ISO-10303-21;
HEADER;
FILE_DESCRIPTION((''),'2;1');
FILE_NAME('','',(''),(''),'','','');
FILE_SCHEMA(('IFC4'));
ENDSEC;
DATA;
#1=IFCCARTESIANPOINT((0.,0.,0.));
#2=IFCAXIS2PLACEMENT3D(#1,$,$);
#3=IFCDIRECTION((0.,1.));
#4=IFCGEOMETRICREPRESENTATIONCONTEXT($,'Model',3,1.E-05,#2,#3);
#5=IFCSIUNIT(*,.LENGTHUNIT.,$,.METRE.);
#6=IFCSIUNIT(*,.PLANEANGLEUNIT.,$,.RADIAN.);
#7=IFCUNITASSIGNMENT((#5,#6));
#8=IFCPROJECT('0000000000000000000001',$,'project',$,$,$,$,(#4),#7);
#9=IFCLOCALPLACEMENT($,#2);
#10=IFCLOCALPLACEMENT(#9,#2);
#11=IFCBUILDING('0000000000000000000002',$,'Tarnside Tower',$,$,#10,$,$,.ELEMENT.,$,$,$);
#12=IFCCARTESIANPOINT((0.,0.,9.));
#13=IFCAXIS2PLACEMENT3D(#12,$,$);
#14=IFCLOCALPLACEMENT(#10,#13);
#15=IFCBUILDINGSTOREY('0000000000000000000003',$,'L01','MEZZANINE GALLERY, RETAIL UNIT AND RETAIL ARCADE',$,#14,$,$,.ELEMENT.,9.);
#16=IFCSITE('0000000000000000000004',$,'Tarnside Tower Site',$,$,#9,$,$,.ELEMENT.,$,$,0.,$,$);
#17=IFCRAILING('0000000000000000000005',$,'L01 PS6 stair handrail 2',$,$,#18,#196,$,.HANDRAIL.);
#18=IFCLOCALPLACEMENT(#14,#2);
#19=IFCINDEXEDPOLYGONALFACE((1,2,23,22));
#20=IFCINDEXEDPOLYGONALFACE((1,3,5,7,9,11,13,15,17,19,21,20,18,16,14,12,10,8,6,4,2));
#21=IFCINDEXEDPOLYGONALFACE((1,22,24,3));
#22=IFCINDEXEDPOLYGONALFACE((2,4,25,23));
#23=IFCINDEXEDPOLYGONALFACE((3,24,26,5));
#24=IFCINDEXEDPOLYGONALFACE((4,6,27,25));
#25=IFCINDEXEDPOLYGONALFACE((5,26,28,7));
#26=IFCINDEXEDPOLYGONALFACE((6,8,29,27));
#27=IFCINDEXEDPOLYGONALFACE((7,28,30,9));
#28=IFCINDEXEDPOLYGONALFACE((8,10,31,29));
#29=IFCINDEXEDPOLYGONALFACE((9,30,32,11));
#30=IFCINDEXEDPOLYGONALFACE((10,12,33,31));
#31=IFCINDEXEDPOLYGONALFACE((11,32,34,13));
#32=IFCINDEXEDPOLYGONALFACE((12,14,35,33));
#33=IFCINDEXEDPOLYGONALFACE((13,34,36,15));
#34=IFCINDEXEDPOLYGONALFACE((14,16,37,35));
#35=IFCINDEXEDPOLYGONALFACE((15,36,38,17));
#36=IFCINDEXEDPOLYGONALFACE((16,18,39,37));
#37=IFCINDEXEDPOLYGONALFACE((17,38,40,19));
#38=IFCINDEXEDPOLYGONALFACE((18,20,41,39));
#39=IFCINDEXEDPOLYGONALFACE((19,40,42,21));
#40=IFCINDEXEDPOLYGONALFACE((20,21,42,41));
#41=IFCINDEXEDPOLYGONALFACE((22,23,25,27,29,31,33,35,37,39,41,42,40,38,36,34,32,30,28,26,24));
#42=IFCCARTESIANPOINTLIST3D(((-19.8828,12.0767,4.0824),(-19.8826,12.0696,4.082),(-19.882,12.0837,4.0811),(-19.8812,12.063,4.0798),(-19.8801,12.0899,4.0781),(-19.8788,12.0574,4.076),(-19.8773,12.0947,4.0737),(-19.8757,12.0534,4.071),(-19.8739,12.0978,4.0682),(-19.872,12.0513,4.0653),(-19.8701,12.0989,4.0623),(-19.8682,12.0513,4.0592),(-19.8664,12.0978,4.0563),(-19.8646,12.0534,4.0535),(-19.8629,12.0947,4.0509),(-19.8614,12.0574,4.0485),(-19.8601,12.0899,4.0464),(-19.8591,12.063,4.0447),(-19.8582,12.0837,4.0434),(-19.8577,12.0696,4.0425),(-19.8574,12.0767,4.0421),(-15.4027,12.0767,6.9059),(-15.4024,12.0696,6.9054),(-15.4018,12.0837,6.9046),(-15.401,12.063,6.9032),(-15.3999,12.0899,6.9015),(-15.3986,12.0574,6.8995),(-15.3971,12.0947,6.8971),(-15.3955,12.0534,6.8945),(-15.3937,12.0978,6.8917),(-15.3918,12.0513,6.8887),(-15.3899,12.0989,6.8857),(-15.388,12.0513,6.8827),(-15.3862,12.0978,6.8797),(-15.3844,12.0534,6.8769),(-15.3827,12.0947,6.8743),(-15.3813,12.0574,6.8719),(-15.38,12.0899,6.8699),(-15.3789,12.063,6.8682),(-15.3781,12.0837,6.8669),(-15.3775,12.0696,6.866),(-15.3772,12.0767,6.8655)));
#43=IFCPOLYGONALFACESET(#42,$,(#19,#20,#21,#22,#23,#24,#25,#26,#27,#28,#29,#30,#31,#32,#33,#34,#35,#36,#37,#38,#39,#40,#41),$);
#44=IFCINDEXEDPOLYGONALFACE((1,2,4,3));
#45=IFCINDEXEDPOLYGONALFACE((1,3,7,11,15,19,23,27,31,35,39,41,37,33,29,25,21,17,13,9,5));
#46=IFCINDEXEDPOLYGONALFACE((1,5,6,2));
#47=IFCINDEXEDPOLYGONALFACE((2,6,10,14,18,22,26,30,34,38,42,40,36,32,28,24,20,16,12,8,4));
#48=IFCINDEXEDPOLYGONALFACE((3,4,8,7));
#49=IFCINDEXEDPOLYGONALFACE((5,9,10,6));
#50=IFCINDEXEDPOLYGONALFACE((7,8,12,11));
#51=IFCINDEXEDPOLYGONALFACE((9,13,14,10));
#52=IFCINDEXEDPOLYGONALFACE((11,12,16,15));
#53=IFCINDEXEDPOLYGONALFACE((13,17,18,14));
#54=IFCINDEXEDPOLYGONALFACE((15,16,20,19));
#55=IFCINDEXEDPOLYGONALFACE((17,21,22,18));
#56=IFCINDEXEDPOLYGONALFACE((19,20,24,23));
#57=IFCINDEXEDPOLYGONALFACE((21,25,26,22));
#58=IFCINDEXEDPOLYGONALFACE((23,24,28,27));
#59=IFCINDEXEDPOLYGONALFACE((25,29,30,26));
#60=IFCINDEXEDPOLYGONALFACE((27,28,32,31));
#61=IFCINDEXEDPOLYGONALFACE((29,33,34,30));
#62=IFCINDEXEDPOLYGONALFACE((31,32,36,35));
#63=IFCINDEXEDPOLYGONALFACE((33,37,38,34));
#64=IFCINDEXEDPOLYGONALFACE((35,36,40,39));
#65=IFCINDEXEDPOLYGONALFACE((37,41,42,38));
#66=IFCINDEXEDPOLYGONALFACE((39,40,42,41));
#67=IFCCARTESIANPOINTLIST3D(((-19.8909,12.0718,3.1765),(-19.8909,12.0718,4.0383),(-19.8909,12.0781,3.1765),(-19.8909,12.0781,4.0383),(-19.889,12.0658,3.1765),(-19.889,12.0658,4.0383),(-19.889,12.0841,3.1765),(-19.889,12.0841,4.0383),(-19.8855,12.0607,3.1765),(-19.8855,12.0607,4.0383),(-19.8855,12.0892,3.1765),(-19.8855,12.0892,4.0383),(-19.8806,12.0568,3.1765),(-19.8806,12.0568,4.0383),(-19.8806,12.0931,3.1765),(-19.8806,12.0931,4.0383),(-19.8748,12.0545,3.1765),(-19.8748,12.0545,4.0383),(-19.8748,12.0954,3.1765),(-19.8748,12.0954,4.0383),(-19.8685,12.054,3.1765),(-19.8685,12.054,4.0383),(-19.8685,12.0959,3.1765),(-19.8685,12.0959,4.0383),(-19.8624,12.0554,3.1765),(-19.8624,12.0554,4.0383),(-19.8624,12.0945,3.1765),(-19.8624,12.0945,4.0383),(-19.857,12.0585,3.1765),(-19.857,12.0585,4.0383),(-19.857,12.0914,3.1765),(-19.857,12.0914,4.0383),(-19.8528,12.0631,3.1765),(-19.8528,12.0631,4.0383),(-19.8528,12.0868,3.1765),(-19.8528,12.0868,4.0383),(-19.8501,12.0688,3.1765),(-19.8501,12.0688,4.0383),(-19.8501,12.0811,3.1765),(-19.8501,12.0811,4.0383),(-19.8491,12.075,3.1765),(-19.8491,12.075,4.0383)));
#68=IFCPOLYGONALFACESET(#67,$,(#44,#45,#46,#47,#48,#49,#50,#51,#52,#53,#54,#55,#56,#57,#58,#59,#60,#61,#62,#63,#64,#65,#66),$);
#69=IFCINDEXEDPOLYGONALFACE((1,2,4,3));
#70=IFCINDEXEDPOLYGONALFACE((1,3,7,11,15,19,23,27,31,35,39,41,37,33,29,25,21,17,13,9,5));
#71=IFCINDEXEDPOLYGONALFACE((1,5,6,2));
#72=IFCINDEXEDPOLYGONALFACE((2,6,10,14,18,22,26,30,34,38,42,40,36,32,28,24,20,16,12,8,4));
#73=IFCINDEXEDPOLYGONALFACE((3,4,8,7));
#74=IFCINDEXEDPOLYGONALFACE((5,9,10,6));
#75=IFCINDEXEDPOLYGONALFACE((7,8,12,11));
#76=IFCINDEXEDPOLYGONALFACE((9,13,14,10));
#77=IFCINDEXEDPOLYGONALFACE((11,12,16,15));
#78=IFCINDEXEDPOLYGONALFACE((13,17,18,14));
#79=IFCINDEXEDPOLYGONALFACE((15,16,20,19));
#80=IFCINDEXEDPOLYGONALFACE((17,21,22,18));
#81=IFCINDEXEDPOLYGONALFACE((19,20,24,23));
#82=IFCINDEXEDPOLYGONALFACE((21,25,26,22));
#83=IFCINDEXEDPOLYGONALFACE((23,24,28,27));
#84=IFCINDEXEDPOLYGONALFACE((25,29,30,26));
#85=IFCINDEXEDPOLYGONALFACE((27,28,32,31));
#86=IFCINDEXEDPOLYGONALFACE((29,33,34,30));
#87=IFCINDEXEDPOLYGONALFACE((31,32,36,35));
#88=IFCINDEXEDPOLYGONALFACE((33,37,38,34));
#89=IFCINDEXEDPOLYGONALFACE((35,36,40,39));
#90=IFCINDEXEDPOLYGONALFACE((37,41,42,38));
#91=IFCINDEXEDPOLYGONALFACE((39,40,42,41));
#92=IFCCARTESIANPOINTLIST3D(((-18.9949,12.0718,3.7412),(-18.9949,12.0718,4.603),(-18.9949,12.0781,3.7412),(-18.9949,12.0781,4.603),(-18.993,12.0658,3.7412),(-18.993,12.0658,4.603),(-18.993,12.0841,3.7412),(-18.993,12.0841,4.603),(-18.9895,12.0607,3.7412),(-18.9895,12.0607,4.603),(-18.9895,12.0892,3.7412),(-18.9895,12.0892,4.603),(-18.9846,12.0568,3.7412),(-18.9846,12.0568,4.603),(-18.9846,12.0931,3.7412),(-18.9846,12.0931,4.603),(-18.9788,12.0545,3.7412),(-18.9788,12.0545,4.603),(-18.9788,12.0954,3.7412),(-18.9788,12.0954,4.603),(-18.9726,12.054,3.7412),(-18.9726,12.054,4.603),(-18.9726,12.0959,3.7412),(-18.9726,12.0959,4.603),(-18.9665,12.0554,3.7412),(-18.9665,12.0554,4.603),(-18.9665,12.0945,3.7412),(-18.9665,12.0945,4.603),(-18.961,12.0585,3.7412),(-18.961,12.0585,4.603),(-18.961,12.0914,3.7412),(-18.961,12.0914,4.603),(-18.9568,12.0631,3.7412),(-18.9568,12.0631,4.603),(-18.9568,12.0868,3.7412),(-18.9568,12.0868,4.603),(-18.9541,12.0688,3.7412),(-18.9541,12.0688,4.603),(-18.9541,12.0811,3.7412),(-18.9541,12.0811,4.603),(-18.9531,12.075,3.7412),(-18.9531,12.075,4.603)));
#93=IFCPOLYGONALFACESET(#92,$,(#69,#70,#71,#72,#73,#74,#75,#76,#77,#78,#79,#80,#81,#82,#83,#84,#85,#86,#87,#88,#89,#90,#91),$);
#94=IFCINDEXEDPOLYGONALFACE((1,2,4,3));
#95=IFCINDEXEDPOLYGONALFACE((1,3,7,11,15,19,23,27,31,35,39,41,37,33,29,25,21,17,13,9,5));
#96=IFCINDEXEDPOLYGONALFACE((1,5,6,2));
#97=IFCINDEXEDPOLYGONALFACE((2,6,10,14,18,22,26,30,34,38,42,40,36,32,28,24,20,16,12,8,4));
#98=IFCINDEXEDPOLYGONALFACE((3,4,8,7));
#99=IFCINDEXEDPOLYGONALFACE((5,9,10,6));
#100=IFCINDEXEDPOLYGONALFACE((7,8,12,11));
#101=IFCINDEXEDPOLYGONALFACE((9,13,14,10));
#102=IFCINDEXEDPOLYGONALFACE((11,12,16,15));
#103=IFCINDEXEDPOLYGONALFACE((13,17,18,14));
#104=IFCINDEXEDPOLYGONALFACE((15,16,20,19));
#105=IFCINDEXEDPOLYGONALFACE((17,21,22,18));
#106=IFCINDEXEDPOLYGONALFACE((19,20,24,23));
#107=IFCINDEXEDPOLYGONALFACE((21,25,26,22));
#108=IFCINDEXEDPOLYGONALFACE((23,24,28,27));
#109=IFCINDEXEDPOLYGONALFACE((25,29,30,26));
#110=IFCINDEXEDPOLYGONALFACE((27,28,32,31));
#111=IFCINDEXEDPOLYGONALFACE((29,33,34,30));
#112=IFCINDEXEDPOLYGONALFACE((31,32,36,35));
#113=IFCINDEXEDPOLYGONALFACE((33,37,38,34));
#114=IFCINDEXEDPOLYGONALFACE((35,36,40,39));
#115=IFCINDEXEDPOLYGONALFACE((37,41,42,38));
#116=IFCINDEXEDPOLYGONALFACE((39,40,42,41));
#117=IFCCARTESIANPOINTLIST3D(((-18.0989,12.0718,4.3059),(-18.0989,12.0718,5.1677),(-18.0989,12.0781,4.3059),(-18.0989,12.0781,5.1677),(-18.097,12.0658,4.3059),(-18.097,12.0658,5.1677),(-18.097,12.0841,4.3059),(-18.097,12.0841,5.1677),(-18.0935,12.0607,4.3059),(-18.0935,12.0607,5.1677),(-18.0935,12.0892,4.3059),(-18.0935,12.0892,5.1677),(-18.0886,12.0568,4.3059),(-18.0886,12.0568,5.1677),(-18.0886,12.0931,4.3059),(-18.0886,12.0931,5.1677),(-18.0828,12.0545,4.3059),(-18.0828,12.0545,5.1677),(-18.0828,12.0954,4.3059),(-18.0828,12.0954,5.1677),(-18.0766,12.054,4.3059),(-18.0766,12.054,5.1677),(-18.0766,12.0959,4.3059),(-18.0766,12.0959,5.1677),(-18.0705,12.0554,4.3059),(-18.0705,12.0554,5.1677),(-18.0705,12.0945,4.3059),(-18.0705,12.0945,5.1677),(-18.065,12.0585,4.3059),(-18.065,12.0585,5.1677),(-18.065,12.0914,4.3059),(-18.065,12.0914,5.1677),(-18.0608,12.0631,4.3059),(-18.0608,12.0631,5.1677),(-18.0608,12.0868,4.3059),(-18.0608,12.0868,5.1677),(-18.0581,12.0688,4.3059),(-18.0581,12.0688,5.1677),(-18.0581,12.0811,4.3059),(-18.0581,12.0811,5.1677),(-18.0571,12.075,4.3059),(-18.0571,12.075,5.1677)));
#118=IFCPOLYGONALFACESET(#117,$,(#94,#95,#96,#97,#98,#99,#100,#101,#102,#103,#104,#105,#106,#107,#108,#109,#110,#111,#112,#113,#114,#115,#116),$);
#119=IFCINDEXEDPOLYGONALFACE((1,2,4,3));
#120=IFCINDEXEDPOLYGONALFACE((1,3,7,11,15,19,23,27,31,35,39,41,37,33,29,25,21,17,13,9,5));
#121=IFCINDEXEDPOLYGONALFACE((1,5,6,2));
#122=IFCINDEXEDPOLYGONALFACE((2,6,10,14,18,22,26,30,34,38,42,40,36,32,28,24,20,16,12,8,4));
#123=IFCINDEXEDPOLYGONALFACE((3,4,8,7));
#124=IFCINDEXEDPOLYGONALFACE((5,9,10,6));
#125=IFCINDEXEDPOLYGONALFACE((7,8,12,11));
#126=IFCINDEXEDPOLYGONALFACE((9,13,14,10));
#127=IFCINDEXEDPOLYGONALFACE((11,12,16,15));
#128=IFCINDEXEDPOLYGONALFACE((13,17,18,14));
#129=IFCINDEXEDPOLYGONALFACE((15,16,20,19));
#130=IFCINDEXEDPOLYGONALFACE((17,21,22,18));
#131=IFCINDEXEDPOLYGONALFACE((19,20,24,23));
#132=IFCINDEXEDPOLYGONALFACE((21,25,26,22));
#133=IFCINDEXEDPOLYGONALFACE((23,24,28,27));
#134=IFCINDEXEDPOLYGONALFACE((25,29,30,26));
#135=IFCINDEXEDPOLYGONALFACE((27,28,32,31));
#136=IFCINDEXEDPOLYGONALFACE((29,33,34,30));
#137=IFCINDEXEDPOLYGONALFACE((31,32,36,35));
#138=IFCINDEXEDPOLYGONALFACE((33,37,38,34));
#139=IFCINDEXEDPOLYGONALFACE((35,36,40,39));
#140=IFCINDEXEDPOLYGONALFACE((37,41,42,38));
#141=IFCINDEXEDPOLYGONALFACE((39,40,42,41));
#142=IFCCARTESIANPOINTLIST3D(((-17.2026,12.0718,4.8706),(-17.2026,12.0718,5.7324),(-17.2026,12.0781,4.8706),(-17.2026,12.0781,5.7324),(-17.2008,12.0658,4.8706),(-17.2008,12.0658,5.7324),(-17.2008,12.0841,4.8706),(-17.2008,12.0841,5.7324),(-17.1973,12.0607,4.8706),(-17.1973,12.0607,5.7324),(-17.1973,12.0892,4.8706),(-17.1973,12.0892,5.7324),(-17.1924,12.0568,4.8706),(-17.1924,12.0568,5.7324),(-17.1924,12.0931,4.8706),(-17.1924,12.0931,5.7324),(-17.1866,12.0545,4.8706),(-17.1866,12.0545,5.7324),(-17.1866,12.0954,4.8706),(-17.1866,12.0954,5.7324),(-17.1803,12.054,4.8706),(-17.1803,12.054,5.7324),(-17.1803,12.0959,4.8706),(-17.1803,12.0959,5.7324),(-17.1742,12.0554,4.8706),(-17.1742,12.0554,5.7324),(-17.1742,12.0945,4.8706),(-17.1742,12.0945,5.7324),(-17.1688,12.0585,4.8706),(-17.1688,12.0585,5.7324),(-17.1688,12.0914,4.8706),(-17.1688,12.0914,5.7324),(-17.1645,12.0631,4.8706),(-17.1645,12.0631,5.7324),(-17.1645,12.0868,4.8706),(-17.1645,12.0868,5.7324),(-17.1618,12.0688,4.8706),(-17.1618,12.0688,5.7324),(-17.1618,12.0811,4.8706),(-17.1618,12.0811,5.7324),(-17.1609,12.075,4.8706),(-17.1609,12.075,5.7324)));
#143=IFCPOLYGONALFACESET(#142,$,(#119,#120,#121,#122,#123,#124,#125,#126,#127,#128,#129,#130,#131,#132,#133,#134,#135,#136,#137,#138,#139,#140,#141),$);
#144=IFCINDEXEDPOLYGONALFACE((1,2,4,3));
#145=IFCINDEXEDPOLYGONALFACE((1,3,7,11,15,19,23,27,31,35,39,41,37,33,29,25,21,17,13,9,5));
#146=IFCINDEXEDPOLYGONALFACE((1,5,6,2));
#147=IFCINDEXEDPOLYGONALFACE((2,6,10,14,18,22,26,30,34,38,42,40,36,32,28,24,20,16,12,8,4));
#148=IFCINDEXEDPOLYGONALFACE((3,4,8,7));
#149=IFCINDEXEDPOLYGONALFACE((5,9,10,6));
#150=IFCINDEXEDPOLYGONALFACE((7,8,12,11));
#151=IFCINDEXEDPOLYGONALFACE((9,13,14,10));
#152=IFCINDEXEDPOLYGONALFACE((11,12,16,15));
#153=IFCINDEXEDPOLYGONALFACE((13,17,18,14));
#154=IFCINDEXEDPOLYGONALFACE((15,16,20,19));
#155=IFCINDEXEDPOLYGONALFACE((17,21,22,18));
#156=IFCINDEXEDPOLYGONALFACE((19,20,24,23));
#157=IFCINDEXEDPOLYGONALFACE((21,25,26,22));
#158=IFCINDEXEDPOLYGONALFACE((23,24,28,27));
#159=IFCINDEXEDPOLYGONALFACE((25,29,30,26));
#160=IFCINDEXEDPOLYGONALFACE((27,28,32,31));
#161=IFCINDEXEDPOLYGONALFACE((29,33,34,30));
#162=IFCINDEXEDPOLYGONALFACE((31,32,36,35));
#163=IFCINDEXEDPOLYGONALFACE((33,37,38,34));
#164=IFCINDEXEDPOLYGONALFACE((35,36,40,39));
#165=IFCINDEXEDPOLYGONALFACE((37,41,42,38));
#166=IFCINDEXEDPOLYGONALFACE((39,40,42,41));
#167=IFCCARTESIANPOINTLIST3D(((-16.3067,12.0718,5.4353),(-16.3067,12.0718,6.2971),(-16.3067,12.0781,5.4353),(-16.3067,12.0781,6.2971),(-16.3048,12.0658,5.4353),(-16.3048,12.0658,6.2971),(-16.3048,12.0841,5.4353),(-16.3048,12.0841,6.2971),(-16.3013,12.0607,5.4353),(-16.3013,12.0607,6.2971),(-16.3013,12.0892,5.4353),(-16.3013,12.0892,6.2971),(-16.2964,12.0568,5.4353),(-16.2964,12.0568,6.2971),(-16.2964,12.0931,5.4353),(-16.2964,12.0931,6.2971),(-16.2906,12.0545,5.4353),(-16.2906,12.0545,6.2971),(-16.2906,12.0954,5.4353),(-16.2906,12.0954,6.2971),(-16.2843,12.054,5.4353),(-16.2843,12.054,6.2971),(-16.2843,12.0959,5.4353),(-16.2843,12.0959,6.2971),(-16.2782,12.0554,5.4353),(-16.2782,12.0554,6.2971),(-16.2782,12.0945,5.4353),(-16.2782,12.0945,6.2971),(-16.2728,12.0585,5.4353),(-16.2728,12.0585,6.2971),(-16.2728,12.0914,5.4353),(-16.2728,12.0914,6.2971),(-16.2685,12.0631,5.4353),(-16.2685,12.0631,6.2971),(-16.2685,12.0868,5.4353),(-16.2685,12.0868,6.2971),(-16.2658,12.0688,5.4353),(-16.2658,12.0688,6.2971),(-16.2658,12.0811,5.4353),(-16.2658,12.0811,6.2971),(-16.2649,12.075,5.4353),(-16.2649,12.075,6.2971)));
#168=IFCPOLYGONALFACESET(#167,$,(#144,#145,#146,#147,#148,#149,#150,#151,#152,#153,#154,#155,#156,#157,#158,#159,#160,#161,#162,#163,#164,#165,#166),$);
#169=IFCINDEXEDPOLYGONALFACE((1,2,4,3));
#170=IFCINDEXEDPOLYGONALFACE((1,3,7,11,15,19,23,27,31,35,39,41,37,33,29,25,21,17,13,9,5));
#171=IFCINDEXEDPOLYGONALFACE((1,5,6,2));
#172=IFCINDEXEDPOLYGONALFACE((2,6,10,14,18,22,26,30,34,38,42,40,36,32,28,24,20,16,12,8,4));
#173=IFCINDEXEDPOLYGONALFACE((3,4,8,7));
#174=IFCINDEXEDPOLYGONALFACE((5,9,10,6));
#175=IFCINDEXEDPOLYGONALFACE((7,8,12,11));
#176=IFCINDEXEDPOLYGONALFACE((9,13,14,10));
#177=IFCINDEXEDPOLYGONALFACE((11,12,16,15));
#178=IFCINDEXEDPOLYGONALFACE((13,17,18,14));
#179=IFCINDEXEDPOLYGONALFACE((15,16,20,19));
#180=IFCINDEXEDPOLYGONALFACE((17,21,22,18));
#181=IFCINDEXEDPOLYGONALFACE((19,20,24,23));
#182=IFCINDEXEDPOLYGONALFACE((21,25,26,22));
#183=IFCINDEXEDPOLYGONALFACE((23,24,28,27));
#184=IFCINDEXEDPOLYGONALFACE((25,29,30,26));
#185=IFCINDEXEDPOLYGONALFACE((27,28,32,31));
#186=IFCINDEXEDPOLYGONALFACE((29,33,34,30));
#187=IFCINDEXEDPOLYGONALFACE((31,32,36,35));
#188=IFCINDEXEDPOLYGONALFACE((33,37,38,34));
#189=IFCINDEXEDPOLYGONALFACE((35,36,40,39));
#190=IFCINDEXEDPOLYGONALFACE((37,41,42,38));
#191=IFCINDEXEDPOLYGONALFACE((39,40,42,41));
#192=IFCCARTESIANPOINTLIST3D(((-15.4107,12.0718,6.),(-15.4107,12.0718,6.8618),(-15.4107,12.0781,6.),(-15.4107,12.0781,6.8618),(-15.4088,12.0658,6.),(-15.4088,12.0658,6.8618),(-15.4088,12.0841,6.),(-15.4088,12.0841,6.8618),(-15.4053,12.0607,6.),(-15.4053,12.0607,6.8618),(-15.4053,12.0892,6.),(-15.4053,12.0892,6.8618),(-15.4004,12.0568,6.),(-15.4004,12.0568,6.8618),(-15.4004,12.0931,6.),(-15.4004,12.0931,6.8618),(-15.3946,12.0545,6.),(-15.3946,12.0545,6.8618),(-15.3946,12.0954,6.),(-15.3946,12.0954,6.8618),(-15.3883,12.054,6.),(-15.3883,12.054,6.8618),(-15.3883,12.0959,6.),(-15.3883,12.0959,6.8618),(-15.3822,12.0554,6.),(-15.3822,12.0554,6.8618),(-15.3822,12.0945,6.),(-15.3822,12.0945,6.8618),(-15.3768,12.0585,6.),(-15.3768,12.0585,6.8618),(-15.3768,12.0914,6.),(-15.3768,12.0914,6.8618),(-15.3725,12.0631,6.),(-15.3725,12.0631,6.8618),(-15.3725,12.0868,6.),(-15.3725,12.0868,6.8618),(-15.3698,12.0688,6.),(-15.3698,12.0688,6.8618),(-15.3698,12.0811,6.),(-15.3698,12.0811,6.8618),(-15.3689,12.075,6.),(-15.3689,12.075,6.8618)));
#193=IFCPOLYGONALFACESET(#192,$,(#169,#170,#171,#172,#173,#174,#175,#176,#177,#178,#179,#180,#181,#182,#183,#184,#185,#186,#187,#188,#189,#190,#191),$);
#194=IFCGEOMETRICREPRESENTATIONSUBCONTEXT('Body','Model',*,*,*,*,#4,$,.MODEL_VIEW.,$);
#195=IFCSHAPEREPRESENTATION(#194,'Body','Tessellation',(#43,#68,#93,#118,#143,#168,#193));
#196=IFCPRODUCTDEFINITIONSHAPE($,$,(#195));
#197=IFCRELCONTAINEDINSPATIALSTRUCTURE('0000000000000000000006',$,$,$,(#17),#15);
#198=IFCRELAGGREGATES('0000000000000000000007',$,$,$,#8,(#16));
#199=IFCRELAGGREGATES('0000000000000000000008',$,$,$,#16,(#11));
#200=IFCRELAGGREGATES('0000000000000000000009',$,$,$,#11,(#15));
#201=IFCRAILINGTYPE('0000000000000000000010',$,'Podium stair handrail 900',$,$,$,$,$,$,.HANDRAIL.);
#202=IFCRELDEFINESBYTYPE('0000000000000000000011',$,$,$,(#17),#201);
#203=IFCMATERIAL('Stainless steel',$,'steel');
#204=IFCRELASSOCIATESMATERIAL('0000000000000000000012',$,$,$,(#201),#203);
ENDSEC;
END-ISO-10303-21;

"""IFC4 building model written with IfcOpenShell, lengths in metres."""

from ifc_helpers import new_model, si_unit, direction, frame, origin, origin_2d, place, context, subcontext, project, spatial, circle, extrude, material, type_object, element, save


model = new_model("IFC4")

# Units and contexts
model_context = context("Model", 3, precision=1e-05, world=origin(), true_north=direction((0.0, 1.0)))
body_context = subcontext(model_context, "Body", "Model", "MODEL_VIEW")
ifc_project = project(units=[si_unit("LENGTHUNIT", "METRE"), si_unit("PLANEANGLEUNIT", "RADIAN")], contexts=[model_context])

# Site, building, storey
site_placement = place(None, origin())
site = spatial("IfcSite", under=ifc_project, at=site_placement, Name="Tarnside Tower Site", CompositionType="ELEMENT", RefElevation=0.0)
building_placement = place(site_placement, origin())
building = spatial("IfcBuilding", under=site, at=building_placement, Name="Tarnside Tower", CompositionType="ELEMENT")
storey_placement = place(building_placement, frame((0.0, 0.0, 9.0)))
storey = spatial("IfcBuildingStorey", under=building, at=storey_placement, Name="L01", Description="MEZZANINE GALLERY, RETAIL UNIT AND RETAIL ARCADE", CompositionType="ELEMENT", Elevation=9.0)

# Railing
ifc_material_1 = material(Name="Stainless steel", Category="steel")
railing_type_1 = type_object("IfcRailingType", Name="Podium stair handrail 900", PredefinedType="HANDRAIL", material=ifc_material_1)
railing_1_placement = place(storey_placement, frame((-19.8701, 12.075, 3.1765)))
element("IfcRailing", 1, at=railing_1_placement, inside=storey, type_object=railing_type_1, Name="L01 PS6 stair handrail 2", PredefinedType="HANDRAIL", context=body_context, shape_type="SweptSolid", body=[
    extrude(circle(Radius=0.0239, at=origin_2d()), frame((0.0, 0.0, 0.8857), z_axis=(0.846011, 0.0, 0.533165), x_axis=(0.0, 1.0, 0.0)), (0.0, 0.0, 1.0), 5.2957),
    extrude(circle(Radius=0.021, at=origin_2d()), origin(), (0.0, 0.0, 1.0), 0.8618),
    extrude(circle(Radius=0.021, at=origin_2d()), frame((0.896, 0.0, 0.5647)), (0.0, 0.0, 1.0), 0.8618),
    extrude(circle(Radius=0.021, at=origin_2d()), frame((1.792, 0.0, 1.1294)), (0.0, 0.0, 1.0), 0.8618),
    extrude(circle(Radius=0.021, at=origin_2d()), frame((2.6882, 0.0, 1.6941)), (0.0, 0.0, 1.0), 0.8618),
    extrude(circle(Radius=0.021, at=origin_2d()), frame((3.5842, 0.0, 2.2588)), (0.0, 0.0, 1.0), 0.8618),
    extrude(circle(Radius=0.021, at=origin_2d()), frame((4.4802, 0.0, 2.8235)), (0.0, 0.0, 1.0), 0.8618),
])

save(model, "model.ifc")
